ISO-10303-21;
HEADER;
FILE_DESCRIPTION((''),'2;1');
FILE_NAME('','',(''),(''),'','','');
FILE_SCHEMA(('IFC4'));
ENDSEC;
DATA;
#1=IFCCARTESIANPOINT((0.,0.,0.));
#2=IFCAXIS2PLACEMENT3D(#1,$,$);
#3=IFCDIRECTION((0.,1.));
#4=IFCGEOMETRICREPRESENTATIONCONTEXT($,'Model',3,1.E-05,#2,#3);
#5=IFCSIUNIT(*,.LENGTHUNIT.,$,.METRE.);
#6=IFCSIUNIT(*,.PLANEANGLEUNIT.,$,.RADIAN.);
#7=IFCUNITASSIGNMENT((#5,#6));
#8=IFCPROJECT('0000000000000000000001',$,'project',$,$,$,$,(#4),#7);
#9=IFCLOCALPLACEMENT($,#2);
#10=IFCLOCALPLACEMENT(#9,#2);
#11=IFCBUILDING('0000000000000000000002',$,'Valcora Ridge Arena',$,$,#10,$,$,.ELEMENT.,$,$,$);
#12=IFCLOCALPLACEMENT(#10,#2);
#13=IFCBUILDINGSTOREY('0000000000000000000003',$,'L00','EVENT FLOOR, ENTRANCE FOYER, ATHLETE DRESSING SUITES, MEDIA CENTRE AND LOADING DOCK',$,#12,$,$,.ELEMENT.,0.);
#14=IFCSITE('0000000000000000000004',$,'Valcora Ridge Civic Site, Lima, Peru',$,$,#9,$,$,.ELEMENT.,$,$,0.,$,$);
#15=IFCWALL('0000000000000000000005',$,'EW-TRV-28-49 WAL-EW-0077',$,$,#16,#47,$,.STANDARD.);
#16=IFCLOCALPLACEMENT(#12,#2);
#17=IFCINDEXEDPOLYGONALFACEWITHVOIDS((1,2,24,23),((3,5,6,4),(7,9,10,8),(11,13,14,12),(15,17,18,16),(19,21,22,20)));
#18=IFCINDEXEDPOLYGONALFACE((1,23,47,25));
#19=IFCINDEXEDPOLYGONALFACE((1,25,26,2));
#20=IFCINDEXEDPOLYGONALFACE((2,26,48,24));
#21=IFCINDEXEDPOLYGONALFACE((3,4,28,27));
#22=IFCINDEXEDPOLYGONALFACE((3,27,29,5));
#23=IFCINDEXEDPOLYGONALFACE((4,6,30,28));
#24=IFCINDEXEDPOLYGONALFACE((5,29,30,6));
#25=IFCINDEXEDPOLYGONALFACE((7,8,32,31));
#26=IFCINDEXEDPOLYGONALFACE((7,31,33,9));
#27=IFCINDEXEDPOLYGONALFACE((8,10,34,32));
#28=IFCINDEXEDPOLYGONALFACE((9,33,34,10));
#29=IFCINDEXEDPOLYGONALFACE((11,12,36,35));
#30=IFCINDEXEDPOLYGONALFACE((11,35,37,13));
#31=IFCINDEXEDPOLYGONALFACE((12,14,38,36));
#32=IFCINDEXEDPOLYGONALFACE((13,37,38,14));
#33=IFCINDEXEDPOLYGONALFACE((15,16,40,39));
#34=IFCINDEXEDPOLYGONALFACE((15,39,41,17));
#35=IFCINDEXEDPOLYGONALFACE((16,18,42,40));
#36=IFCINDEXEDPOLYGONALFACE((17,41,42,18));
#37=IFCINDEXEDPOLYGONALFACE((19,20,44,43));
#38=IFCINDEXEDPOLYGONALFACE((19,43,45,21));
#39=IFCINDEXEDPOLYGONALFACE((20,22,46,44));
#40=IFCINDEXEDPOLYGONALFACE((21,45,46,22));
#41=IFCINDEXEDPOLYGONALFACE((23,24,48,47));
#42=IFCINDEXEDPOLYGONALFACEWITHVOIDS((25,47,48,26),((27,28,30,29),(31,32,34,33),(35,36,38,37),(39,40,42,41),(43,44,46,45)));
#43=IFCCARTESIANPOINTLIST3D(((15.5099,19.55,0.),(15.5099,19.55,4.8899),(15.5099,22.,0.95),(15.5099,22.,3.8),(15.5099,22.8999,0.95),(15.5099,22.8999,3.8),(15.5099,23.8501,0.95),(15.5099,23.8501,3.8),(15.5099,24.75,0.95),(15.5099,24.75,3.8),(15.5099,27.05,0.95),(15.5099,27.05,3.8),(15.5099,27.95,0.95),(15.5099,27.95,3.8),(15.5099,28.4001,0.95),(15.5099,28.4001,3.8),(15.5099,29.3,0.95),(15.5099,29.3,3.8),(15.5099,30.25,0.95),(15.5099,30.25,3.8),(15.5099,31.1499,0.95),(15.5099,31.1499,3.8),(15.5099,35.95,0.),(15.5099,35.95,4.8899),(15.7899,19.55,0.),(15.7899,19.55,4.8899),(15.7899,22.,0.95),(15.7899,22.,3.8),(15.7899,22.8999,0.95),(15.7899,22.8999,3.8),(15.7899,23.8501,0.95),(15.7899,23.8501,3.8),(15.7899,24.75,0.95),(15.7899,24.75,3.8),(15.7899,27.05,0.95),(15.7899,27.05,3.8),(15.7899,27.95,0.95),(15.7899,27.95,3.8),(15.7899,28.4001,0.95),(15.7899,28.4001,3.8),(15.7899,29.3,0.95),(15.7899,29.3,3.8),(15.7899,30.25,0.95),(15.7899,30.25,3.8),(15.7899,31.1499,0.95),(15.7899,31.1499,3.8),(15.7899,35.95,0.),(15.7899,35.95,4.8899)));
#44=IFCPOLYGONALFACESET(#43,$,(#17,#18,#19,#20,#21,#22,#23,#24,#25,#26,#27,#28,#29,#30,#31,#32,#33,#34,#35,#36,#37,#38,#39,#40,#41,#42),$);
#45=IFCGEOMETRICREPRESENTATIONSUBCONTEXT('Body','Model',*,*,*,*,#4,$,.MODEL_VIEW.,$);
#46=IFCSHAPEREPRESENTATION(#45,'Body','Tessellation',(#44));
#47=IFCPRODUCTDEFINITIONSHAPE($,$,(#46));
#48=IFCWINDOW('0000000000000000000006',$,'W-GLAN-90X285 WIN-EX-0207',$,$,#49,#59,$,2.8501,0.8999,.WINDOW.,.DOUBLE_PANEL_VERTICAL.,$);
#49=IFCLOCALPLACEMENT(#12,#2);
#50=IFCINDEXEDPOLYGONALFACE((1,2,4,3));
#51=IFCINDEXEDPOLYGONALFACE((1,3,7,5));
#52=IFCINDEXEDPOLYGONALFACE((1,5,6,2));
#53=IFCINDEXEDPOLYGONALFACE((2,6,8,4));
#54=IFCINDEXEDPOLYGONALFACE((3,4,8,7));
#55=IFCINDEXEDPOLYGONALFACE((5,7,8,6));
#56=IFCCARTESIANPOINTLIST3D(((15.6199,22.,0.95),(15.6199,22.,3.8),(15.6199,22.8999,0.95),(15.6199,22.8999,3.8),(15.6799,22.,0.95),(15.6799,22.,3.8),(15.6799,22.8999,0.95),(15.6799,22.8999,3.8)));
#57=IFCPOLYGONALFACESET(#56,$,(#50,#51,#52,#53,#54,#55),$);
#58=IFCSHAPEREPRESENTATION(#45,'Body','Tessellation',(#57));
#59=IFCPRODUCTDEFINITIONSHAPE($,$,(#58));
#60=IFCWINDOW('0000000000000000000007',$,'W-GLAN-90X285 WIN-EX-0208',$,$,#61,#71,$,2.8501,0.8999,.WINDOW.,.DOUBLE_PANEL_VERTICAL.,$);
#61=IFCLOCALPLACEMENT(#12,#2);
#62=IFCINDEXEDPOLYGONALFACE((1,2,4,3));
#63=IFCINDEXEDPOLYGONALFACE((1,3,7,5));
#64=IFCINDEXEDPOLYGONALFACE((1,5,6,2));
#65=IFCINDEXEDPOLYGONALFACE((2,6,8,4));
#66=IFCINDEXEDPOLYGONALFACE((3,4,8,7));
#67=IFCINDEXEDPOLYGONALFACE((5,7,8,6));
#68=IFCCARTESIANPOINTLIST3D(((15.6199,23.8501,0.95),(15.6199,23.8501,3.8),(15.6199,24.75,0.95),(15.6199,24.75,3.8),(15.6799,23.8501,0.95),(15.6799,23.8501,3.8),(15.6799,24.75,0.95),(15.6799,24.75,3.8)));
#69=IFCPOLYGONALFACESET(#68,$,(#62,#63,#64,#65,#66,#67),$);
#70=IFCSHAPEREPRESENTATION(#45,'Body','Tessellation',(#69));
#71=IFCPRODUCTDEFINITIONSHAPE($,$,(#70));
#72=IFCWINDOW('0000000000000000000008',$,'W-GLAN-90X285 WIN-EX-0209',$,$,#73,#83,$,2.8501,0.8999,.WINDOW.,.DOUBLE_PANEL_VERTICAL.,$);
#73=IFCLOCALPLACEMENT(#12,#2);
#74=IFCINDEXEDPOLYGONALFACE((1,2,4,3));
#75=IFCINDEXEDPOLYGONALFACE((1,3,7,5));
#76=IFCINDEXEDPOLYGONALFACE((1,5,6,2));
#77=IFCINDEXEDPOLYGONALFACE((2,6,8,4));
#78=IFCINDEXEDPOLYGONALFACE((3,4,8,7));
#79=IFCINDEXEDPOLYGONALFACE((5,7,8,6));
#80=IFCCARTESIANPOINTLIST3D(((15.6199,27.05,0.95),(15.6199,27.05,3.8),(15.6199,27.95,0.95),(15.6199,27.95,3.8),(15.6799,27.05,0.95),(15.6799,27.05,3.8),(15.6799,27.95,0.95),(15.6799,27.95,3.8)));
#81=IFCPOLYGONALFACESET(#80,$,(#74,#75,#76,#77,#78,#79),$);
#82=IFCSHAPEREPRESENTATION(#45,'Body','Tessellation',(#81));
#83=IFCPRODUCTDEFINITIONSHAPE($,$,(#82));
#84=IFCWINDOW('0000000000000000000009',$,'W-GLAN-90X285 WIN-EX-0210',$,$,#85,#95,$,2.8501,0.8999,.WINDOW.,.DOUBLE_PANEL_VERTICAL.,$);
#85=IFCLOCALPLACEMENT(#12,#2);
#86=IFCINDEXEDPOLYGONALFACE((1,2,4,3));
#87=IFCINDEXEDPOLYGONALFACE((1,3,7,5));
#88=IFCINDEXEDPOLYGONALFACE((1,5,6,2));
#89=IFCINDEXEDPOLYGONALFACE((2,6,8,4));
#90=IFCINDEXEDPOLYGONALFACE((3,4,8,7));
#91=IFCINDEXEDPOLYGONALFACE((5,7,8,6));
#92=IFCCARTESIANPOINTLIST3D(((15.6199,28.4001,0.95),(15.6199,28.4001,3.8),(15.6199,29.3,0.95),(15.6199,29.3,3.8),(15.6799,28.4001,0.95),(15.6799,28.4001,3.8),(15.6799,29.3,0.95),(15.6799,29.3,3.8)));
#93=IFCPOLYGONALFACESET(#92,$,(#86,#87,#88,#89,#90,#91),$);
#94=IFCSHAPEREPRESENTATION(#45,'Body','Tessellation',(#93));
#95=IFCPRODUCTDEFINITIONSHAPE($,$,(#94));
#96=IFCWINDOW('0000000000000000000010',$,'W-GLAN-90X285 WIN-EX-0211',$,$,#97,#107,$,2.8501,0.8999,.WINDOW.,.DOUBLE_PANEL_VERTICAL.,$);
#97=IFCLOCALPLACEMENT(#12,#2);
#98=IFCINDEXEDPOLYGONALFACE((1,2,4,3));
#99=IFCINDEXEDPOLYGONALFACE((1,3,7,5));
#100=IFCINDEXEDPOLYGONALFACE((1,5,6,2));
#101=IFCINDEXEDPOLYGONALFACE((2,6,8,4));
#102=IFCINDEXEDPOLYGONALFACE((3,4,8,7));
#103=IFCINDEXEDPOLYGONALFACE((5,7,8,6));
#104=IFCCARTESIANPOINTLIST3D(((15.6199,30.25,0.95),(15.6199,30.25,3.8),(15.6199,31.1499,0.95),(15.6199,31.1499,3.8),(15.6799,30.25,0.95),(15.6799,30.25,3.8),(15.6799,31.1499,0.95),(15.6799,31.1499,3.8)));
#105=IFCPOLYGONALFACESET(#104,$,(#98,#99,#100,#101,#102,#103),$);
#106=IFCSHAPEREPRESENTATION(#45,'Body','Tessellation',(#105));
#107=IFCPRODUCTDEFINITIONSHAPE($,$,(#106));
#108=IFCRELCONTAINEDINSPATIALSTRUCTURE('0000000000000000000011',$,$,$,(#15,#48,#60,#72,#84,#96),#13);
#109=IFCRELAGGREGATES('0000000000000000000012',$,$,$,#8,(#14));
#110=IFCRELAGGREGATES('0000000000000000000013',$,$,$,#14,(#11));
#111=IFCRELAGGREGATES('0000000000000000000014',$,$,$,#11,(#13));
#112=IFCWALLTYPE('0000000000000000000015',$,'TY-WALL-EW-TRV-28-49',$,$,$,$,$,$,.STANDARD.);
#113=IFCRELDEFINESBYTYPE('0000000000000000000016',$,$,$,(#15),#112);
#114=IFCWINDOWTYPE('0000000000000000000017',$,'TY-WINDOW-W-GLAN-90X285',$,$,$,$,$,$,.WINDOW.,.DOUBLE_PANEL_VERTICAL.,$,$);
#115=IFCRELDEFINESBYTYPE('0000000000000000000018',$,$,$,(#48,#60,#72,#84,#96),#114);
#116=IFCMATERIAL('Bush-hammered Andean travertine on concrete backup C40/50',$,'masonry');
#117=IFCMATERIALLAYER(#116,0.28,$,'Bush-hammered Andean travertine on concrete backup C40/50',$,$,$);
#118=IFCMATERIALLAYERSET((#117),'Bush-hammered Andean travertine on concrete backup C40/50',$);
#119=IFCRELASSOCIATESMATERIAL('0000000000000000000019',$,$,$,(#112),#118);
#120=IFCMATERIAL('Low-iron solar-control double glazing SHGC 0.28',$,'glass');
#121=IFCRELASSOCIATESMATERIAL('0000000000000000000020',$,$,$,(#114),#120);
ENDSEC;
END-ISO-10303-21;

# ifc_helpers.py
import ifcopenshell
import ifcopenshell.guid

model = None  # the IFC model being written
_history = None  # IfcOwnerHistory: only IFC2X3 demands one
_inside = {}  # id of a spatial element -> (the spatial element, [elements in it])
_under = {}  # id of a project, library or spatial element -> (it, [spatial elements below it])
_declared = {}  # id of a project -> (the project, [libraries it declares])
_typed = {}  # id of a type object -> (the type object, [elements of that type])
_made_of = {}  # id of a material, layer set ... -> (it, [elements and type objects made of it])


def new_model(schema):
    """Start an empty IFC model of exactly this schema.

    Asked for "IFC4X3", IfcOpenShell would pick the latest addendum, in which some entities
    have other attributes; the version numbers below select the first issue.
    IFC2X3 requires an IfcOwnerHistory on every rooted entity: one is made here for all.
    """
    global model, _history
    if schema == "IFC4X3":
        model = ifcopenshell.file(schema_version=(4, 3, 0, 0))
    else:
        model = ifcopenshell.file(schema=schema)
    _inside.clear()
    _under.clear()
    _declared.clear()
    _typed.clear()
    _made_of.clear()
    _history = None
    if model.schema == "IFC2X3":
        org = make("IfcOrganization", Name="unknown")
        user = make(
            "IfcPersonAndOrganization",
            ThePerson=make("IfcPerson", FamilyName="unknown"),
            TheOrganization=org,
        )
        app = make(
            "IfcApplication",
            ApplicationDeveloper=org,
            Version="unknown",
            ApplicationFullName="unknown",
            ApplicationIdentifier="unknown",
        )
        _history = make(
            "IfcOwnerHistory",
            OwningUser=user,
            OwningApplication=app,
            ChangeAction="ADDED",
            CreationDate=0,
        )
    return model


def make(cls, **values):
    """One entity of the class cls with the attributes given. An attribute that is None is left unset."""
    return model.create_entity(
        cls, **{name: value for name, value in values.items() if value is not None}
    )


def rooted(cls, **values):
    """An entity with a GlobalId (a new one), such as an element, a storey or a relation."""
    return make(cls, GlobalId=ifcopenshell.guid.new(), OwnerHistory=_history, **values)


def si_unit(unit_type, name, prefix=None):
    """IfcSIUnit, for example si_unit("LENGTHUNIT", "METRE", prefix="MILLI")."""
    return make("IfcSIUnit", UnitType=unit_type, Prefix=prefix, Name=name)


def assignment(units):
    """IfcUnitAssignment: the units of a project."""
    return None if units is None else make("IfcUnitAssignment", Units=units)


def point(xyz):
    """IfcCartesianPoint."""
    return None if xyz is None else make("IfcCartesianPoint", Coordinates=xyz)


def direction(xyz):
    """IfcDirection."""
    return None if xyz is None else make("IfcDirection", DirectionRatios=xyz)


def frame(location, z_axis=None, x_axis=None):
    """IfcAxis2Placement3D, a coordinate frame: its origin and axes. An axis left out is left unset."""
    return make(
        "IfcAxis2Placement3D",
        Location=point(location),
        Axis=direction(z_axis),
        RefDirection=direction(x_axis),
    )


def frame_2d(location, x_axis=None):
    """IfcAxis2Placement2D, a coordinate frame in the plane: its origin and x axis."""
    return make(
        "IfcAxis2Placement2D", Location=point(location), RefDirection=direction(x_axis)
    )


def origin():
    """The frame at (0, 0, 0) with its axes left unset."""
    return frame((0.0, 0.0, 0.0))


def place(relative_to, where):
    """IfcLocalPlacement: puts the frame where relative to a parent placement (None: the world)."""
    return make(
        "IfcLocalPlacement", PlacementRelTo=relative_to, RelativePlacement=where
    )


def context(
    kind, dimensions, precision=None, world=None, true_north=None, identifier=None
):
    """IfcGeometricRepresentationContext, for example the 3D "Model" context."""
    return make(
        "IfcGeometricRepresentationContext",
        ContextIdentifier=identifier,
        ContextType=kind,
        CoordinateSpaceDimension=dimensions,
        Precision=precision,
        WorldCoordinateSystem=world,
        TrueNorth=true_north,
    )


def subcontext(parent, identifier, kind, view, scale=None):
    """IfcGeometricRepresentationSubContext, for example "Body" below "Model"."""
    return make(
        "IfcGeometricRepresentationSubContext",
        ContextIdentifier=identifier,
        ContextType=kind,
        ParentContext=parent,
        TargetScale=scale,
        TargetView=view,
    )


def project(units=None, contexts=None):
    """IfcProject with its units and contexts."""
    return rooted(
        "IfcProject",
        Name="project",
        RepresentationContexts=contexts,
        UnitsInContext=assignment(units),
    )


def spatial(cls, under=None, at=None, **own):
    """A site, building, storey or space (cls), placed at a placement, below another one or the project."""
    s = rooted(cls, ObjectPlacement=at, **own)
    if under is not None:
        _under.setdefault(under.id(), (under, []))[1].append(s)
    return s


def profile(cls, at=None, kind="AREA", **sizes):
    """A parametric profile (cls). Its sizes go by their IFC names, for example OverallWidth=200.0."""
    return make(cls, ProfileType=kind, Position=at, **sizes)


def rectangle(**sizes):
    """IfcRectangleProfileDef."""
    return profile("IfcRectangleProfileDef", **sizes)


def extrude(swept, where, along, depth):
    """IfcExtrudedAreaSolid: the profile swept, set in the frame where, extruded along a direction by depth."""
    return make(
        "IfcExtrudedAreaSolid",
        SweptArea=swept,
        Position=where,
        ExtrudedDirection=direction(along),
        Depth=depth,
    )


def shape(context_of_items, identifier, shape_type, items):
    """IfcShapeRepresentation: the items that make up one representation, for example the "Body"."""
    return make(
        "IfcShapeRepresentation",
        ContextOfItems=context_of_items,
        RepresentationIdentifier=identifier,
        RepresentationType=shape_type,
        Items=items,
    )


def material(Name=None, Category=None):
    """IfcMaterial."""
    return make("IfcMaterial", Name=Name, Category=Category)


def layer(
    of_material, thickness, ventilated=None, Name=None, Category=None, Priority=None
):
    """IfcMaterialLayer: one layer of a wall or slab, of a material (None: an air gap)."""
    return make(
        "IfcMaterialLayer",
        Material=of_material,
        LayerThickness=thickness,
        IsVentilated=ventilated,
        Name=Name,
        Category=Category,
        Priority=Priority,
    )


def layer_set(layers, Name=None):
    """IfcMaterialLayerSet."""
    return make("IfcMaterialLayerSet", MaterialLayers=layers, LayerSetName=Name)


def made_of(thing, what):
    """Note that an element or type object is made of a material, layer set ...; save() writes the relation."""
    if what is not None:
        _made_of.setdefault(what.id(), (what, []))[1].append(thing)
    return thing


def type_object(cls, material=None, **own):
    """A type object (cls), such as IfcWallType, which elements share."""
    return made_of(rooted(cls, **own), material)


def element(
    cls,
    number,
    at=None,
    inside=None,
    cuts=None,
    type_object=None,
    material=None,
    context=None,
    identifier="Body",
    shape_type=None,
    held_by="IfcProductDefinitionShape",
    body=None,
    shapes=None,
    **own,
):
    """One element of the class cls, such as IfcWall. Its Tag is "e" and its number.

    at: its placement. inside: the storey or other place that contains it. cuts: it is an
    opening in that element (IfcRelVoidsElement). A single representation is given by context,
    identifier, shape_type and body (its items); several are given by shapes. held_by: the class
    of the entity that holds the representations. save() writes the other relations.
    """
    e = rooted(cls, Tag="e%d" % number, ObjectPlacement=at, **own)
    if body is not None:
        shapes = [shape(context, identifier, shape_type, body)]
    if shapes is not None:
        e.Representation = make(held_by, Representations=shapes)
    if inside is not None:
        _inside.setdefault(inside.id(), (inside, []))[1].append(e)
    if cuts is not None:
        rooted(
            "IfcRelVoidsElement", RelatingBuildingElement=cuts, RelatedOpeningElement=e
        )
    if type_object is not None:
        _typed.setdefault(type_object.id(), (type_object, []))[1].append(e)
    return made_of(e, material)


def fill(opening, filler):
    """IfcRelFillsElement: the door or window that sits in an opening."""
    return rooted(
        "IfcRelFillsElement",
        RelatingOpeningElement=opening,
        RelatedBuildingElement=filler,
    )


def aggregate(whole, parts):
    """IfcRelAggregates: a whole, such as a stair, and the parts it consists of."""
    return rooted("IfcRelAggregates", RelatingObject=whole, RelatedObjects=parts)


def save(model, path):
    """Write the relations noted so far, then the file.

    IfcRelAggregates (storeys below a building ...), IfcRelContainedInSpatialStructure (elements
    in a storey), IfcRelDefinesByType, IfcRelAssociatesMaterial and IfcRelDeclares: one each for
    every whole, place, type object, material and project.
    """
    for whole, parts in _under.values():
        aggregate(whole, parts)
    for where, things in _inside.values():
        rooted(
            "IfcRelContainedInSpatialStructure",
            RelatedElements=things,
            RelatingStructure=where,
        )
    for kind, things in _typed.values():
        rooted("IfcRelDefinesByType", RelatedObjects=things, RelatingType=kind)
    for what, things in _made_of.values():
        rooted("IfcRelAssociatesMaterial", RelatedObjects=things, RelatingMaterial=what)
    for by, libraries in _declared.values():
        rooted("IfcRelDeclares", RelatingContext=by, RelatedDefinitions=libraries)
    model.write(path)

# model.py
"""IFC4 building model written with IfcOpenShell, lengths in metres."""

from ifc_helpers import new_model, si_unit, direction, frame, frame_2d, origin, place, context, subcontext, project, spatial, rectangle, extrude, material, layer, layer_set, type_object, element, fill, save


model = new_model("IFC4")

# Units and contexts
model_context = context("Model", 3, precision=1e-05, world=origin(), true_north=direction((0.0, 1.0)))
body_context = subcontext(model_context, "Body", "Model", "MODEL_VIEW")
ifc_project = project(units=[si_unit("LENGTHUNIT", "METRE"), si_unit("PLANEANGLEUNIT", "RADIAN")], contexts=[model_context])

# Site, building, storey
site_placement = place(None, origin())
site = spatial("IfcSite", under=ifc_project, at=site_placement, Name="Valcora Ridge Civic Site, Lima, Peru", CompositionType="ELEMENT", RefElevation=0.0)
building_placement = place(site_placement, origin())
building = spatial("IfcBuilding", under=site, at=building_placement, Name="Valcora Ridge Arena", CompositionType="ELEMENT")
storey_placement = place(building_placement, origin())
storey = spatial("IfcBuildingStorey", under=building, at=storey_placement, Name="L00", Description="EVENT FLOOR, ENTRANCE FOYER, ATHLETE DRESSING SUITES, MEDIA CENTRE AND LOADING DOCK", CompositionType="ELEMENT", Elevation=0.0)

# Wall, openings, windows
ifc_material_1 = material(Name="Bush-hammered Andean travertine on concrete backup C40/50", Category="masonry")
ifc_layer_1 = layer(ifc_material_1, 0.28, Name="Bush-hammered Andean travertine on concrete backup C40/50")
ifc_layer_set_1 = layer_set([ifc_layer_1], Name="Bush-hammered Andean travertine on concrete backup C40/50")
wall_type_1 = type_object("IfcWallType", Name="TY-WALL-EW-TRV-28-49", PredefinedType="STANDARD", material=ifc_layer_set_1)
wall_1_placement = place(storey_placement, frame((15.6499, 19.55, 0.0), z_axis=(0.0, 0.0, 1.0), x_axis=(0.0, 1.0, 0.0)))
wall_1 = element("IfcWall", 1, at=wall_1_placement, inside=storey, type_object=wall_type_1, Name="EW-TRV-28-49 WAL-EW-0077", PredefinedType="STANDARD", context=body_context, shape_type="SweptSolid", body=[
    extrude(rectangle(XDim=16.3999, YDim=0.28, at=frame_2d((8.2, 0.0))), origin(), (0.0, 0.0, 1.0), 4.8899),
])
opening_1_placement = place(wall_1_placement, frame((2.45, 0.0, 0.95)))
opening_1 = element("IfcOpeningElement", 2, at=opening_1_placement, cuts=wall_1, PredefinedType="OPENING", context=body_context, shape_type="SweptSolid", body=[
    extrude(rectangle(XDim=0.8999, YDim=2.8501, at=frame_2d((0.45, 1.425))), frame((0.0, 0.1499, 0.0), z_axis=(0.0, -1.0, 0.0), x_axis=(1.0, 0.0, 0.0)), (0.0, 0.0, 1.0), 0.3),
])
opening_2_placement = place(wall_1_placement, frame((4.3, 0.0, 0.95)))
opening_2 = element("IfcOpeningElement", 3, at=opening_2_placement, cuts=wall_1, PredefinedType="OPENING", context=body_context, shape_type="SweptSolid", body=[
    extrude(rectangle(XDim=0.8999, YDim=2.8501, at=frame_2d((0.45, 1.425))), frame((0.0, 0.1499, 0.0), z_axis=(0.0, -1.0, 0.0), x_axis=(1.0, 0.0, 0.0)), (0.0, 0.0, 1.0), 0.3),
])
opening_3_placement = place(wall_1_placement, frame((7.5, 0.0, 0.95)))
opening_3 = element("IfcOpeningElement", 4, at=opening_3_placement, cuts=wall_1, PredefinedType="OPENING", context=body_context, shape_type="SweptSolid", body=[
    extrude(rectangle(XDim=0.8999, YDim=2.8501, at=frame_2d((0.45, 1.425))), frame((0.0, 0.1499, 0.0), z_axis=(0.0, -1.0, 0.0), x_axis=(1.0, 0.0, 0.0)), (0.0, 0.0, 1.0), 0.3),
])
opening_4_placement = place(wall_1_placement, frame((8.8501, 0.0, 0.95)))
opening_4 = element("IfcOpeningElement", 5, at=opening_4_placement, cuts=wall_1, PredefinedType="OPENING", context=body_context, shape_type="SweptSolid", body=[
    extrude(rectangle(XDim=0.8999, YDim=2.8501, at=frame_2d((0.45, 1.425))), frame((0.0, 0.1499, 0.0), z_axis=(0.0, -1.0, 0.0), x_axis=(1.0, 0.0, 0.0)), (0.0, 0.0, 1.0), 0.3),
])
opening_5_placement = place(wall_1_placement, frame((10.7, 0.0, 0.95)))
opening_5 = element("IfcOpeningElement", 6, at=opening_5_placement, cuts=wall_1, PredefinedType="OPENING", context=body_context, shape_type="SweptSolid", body=[
    extrude(rectangle(XDim=0.8999, YDim=2.8501, at=frame_2d((0.45, 1.425))), frame((0.0, 0.1499, 0.0), z_axis=(0.0, -1.0, 0.0), x_axis=(1.0, 0.0, 0.0)), (0.0, 0.0, 1.0), 0.3),
])
ifc_material_2 = material(Name="Low-iron solar-control double glazing SHGC 0.28", Category="glass")
window_type = type_object("IfcWindowType", Name="TY-WINDOW-W-GLAN-90X285", PartitioningType="DOUBLE_PANEL_VERTICAL", PredefinedType="WINDOW", material=ifc_material_2)
window_1_placement = place(opening_1_placement, origin())
window_1 = element("IfcWindow", 7, at=window_1_placement, inside=storey, type_object=window_type, Name="W-GLAN-90X285 WIN-EX-0207", OverallHeight=2.8501, OverallWidth=0.8999, PartitioningType="DOUBLE_PANEL_VERTICAL", PredefinedType="WINDOW", context=body_context, shape_type="SweptSolid", body=[
    extrude(rectangle(XDim=0.8999, YDim=2.8501, at=frame_2d((0.45, 1.425))), frame((0.0, 0.03, 0.0), z_axis=(0.0, -1.0, 0.0), x_axis=(1.0, 0.0, 0.0)), (0.0, 0.0, 1.0), 0.0601),
])
fill(opening_1, window_1)
window_2_placement = place(opening_2_placement, origin())
window_2 = element("IfcWindow", 8, at=window_2_placement, inside=storey, type_object=window_type, Name="W-GLAN-90X285 WIN-EX-0208", OverallHeight=2.8501, OverallWidth=0.8999, PartitioningType="DOUBLE_PANEL_VERTICAL", PredefinedType="WINDOW", context=body_context, shape_type="SweptSolid", body=[
    extrude(rectangle(XDim=0.8999, YDim=2.8501, at=frame_2d((0.45, 1.425))), frame((0.0, 0.03, 0.0), z_axis=(0.0, -1.0, 0.0), x_axis=(1.0, 0.0, 0.0)), (0.0, 0.0, 1.0), 0.0601),
])
fill(opening_2, window_2)
window_3_placement = place(opening_3_placement, origin())
window_3 = element("IfcWindow", 9, at=window_3_placement, inside=storey, type_object=window_type, Name="W-GLAN-90X285 WIN-EX-0209", OverallHeight=2.8501, OverallWidth=0.8999, PartitioningType="DOUBLE_PANEL_VERTICAL", PredefinedType="WINDOW", context=body_context, shape_type="SweptSolid", body=[
    extrude(rectangle(XDim=0.8999, YDim=2.8501, at=frame_2d((0.45, 1.425))), frame((0.0, 0.03, 0.0), z_axis=(0.0, -1.0, 0.0), x_axis=(1.0, 0.0, 0.0)), (0.0, 0.0, 1.0), 0.0601),
])
fill(opening_3, window_3)
window_4_placement = place(opening_4_placement, origin())
window_4 = element("IfcWindow", 10, at=window_4_placement, inside=storey, type_object=window_type, Name="W-GLAN-90X285 WIN-EX-0210", OverallHeight=2.8501, OverallWidth=0.8999, PartitioningType="DOUBLE_PANEL_VERTICAL", PredefinedType="WINDOW", context=body_context, shape_type="SweptSolid", body=[
    extrude(rectangle(XDim=0.8999, YDim=2.8501, at=frame_2d((0.45, 1.425))), frame((0.0, 0.03, 0.0), z_axis=(0.0, -1.0, 0.0), x_axis=(1.0, 0.0, 0.0)), (0.0, 0.0, 1.0), 0.0601),
])
fill(opening_4, window_4)
window_5_placement = place(opening_5_placement, origin())
window_5 = element("IfcWindow", 11, at=window_5_placement, inside=storey, type_object=window_type, Name="W-GLAN-90X285 WIN-EX-0211", OverallHeight=2.8501, OverallWidth=0.8999, PartitioningType="DOUBLE_PANEL_VERTICAL", PredefinedType="WINDOW", context=body_context, shape_type="SweptSolid", body=[
    extrude(rectangle(XDim=0.8999, YDim=2.8501, at=frame_2d((0.45, 1.425))), frame((0.0, 0.03, 0.0), z_axis=(0.0, -1.0, 0.0), x_axis=(1.0, 0.0, 0.0)), (0.0, 0.0, 1.0), 0.0601),
])
fill(opening_5, window_5)

save(model, "model.ifc")
